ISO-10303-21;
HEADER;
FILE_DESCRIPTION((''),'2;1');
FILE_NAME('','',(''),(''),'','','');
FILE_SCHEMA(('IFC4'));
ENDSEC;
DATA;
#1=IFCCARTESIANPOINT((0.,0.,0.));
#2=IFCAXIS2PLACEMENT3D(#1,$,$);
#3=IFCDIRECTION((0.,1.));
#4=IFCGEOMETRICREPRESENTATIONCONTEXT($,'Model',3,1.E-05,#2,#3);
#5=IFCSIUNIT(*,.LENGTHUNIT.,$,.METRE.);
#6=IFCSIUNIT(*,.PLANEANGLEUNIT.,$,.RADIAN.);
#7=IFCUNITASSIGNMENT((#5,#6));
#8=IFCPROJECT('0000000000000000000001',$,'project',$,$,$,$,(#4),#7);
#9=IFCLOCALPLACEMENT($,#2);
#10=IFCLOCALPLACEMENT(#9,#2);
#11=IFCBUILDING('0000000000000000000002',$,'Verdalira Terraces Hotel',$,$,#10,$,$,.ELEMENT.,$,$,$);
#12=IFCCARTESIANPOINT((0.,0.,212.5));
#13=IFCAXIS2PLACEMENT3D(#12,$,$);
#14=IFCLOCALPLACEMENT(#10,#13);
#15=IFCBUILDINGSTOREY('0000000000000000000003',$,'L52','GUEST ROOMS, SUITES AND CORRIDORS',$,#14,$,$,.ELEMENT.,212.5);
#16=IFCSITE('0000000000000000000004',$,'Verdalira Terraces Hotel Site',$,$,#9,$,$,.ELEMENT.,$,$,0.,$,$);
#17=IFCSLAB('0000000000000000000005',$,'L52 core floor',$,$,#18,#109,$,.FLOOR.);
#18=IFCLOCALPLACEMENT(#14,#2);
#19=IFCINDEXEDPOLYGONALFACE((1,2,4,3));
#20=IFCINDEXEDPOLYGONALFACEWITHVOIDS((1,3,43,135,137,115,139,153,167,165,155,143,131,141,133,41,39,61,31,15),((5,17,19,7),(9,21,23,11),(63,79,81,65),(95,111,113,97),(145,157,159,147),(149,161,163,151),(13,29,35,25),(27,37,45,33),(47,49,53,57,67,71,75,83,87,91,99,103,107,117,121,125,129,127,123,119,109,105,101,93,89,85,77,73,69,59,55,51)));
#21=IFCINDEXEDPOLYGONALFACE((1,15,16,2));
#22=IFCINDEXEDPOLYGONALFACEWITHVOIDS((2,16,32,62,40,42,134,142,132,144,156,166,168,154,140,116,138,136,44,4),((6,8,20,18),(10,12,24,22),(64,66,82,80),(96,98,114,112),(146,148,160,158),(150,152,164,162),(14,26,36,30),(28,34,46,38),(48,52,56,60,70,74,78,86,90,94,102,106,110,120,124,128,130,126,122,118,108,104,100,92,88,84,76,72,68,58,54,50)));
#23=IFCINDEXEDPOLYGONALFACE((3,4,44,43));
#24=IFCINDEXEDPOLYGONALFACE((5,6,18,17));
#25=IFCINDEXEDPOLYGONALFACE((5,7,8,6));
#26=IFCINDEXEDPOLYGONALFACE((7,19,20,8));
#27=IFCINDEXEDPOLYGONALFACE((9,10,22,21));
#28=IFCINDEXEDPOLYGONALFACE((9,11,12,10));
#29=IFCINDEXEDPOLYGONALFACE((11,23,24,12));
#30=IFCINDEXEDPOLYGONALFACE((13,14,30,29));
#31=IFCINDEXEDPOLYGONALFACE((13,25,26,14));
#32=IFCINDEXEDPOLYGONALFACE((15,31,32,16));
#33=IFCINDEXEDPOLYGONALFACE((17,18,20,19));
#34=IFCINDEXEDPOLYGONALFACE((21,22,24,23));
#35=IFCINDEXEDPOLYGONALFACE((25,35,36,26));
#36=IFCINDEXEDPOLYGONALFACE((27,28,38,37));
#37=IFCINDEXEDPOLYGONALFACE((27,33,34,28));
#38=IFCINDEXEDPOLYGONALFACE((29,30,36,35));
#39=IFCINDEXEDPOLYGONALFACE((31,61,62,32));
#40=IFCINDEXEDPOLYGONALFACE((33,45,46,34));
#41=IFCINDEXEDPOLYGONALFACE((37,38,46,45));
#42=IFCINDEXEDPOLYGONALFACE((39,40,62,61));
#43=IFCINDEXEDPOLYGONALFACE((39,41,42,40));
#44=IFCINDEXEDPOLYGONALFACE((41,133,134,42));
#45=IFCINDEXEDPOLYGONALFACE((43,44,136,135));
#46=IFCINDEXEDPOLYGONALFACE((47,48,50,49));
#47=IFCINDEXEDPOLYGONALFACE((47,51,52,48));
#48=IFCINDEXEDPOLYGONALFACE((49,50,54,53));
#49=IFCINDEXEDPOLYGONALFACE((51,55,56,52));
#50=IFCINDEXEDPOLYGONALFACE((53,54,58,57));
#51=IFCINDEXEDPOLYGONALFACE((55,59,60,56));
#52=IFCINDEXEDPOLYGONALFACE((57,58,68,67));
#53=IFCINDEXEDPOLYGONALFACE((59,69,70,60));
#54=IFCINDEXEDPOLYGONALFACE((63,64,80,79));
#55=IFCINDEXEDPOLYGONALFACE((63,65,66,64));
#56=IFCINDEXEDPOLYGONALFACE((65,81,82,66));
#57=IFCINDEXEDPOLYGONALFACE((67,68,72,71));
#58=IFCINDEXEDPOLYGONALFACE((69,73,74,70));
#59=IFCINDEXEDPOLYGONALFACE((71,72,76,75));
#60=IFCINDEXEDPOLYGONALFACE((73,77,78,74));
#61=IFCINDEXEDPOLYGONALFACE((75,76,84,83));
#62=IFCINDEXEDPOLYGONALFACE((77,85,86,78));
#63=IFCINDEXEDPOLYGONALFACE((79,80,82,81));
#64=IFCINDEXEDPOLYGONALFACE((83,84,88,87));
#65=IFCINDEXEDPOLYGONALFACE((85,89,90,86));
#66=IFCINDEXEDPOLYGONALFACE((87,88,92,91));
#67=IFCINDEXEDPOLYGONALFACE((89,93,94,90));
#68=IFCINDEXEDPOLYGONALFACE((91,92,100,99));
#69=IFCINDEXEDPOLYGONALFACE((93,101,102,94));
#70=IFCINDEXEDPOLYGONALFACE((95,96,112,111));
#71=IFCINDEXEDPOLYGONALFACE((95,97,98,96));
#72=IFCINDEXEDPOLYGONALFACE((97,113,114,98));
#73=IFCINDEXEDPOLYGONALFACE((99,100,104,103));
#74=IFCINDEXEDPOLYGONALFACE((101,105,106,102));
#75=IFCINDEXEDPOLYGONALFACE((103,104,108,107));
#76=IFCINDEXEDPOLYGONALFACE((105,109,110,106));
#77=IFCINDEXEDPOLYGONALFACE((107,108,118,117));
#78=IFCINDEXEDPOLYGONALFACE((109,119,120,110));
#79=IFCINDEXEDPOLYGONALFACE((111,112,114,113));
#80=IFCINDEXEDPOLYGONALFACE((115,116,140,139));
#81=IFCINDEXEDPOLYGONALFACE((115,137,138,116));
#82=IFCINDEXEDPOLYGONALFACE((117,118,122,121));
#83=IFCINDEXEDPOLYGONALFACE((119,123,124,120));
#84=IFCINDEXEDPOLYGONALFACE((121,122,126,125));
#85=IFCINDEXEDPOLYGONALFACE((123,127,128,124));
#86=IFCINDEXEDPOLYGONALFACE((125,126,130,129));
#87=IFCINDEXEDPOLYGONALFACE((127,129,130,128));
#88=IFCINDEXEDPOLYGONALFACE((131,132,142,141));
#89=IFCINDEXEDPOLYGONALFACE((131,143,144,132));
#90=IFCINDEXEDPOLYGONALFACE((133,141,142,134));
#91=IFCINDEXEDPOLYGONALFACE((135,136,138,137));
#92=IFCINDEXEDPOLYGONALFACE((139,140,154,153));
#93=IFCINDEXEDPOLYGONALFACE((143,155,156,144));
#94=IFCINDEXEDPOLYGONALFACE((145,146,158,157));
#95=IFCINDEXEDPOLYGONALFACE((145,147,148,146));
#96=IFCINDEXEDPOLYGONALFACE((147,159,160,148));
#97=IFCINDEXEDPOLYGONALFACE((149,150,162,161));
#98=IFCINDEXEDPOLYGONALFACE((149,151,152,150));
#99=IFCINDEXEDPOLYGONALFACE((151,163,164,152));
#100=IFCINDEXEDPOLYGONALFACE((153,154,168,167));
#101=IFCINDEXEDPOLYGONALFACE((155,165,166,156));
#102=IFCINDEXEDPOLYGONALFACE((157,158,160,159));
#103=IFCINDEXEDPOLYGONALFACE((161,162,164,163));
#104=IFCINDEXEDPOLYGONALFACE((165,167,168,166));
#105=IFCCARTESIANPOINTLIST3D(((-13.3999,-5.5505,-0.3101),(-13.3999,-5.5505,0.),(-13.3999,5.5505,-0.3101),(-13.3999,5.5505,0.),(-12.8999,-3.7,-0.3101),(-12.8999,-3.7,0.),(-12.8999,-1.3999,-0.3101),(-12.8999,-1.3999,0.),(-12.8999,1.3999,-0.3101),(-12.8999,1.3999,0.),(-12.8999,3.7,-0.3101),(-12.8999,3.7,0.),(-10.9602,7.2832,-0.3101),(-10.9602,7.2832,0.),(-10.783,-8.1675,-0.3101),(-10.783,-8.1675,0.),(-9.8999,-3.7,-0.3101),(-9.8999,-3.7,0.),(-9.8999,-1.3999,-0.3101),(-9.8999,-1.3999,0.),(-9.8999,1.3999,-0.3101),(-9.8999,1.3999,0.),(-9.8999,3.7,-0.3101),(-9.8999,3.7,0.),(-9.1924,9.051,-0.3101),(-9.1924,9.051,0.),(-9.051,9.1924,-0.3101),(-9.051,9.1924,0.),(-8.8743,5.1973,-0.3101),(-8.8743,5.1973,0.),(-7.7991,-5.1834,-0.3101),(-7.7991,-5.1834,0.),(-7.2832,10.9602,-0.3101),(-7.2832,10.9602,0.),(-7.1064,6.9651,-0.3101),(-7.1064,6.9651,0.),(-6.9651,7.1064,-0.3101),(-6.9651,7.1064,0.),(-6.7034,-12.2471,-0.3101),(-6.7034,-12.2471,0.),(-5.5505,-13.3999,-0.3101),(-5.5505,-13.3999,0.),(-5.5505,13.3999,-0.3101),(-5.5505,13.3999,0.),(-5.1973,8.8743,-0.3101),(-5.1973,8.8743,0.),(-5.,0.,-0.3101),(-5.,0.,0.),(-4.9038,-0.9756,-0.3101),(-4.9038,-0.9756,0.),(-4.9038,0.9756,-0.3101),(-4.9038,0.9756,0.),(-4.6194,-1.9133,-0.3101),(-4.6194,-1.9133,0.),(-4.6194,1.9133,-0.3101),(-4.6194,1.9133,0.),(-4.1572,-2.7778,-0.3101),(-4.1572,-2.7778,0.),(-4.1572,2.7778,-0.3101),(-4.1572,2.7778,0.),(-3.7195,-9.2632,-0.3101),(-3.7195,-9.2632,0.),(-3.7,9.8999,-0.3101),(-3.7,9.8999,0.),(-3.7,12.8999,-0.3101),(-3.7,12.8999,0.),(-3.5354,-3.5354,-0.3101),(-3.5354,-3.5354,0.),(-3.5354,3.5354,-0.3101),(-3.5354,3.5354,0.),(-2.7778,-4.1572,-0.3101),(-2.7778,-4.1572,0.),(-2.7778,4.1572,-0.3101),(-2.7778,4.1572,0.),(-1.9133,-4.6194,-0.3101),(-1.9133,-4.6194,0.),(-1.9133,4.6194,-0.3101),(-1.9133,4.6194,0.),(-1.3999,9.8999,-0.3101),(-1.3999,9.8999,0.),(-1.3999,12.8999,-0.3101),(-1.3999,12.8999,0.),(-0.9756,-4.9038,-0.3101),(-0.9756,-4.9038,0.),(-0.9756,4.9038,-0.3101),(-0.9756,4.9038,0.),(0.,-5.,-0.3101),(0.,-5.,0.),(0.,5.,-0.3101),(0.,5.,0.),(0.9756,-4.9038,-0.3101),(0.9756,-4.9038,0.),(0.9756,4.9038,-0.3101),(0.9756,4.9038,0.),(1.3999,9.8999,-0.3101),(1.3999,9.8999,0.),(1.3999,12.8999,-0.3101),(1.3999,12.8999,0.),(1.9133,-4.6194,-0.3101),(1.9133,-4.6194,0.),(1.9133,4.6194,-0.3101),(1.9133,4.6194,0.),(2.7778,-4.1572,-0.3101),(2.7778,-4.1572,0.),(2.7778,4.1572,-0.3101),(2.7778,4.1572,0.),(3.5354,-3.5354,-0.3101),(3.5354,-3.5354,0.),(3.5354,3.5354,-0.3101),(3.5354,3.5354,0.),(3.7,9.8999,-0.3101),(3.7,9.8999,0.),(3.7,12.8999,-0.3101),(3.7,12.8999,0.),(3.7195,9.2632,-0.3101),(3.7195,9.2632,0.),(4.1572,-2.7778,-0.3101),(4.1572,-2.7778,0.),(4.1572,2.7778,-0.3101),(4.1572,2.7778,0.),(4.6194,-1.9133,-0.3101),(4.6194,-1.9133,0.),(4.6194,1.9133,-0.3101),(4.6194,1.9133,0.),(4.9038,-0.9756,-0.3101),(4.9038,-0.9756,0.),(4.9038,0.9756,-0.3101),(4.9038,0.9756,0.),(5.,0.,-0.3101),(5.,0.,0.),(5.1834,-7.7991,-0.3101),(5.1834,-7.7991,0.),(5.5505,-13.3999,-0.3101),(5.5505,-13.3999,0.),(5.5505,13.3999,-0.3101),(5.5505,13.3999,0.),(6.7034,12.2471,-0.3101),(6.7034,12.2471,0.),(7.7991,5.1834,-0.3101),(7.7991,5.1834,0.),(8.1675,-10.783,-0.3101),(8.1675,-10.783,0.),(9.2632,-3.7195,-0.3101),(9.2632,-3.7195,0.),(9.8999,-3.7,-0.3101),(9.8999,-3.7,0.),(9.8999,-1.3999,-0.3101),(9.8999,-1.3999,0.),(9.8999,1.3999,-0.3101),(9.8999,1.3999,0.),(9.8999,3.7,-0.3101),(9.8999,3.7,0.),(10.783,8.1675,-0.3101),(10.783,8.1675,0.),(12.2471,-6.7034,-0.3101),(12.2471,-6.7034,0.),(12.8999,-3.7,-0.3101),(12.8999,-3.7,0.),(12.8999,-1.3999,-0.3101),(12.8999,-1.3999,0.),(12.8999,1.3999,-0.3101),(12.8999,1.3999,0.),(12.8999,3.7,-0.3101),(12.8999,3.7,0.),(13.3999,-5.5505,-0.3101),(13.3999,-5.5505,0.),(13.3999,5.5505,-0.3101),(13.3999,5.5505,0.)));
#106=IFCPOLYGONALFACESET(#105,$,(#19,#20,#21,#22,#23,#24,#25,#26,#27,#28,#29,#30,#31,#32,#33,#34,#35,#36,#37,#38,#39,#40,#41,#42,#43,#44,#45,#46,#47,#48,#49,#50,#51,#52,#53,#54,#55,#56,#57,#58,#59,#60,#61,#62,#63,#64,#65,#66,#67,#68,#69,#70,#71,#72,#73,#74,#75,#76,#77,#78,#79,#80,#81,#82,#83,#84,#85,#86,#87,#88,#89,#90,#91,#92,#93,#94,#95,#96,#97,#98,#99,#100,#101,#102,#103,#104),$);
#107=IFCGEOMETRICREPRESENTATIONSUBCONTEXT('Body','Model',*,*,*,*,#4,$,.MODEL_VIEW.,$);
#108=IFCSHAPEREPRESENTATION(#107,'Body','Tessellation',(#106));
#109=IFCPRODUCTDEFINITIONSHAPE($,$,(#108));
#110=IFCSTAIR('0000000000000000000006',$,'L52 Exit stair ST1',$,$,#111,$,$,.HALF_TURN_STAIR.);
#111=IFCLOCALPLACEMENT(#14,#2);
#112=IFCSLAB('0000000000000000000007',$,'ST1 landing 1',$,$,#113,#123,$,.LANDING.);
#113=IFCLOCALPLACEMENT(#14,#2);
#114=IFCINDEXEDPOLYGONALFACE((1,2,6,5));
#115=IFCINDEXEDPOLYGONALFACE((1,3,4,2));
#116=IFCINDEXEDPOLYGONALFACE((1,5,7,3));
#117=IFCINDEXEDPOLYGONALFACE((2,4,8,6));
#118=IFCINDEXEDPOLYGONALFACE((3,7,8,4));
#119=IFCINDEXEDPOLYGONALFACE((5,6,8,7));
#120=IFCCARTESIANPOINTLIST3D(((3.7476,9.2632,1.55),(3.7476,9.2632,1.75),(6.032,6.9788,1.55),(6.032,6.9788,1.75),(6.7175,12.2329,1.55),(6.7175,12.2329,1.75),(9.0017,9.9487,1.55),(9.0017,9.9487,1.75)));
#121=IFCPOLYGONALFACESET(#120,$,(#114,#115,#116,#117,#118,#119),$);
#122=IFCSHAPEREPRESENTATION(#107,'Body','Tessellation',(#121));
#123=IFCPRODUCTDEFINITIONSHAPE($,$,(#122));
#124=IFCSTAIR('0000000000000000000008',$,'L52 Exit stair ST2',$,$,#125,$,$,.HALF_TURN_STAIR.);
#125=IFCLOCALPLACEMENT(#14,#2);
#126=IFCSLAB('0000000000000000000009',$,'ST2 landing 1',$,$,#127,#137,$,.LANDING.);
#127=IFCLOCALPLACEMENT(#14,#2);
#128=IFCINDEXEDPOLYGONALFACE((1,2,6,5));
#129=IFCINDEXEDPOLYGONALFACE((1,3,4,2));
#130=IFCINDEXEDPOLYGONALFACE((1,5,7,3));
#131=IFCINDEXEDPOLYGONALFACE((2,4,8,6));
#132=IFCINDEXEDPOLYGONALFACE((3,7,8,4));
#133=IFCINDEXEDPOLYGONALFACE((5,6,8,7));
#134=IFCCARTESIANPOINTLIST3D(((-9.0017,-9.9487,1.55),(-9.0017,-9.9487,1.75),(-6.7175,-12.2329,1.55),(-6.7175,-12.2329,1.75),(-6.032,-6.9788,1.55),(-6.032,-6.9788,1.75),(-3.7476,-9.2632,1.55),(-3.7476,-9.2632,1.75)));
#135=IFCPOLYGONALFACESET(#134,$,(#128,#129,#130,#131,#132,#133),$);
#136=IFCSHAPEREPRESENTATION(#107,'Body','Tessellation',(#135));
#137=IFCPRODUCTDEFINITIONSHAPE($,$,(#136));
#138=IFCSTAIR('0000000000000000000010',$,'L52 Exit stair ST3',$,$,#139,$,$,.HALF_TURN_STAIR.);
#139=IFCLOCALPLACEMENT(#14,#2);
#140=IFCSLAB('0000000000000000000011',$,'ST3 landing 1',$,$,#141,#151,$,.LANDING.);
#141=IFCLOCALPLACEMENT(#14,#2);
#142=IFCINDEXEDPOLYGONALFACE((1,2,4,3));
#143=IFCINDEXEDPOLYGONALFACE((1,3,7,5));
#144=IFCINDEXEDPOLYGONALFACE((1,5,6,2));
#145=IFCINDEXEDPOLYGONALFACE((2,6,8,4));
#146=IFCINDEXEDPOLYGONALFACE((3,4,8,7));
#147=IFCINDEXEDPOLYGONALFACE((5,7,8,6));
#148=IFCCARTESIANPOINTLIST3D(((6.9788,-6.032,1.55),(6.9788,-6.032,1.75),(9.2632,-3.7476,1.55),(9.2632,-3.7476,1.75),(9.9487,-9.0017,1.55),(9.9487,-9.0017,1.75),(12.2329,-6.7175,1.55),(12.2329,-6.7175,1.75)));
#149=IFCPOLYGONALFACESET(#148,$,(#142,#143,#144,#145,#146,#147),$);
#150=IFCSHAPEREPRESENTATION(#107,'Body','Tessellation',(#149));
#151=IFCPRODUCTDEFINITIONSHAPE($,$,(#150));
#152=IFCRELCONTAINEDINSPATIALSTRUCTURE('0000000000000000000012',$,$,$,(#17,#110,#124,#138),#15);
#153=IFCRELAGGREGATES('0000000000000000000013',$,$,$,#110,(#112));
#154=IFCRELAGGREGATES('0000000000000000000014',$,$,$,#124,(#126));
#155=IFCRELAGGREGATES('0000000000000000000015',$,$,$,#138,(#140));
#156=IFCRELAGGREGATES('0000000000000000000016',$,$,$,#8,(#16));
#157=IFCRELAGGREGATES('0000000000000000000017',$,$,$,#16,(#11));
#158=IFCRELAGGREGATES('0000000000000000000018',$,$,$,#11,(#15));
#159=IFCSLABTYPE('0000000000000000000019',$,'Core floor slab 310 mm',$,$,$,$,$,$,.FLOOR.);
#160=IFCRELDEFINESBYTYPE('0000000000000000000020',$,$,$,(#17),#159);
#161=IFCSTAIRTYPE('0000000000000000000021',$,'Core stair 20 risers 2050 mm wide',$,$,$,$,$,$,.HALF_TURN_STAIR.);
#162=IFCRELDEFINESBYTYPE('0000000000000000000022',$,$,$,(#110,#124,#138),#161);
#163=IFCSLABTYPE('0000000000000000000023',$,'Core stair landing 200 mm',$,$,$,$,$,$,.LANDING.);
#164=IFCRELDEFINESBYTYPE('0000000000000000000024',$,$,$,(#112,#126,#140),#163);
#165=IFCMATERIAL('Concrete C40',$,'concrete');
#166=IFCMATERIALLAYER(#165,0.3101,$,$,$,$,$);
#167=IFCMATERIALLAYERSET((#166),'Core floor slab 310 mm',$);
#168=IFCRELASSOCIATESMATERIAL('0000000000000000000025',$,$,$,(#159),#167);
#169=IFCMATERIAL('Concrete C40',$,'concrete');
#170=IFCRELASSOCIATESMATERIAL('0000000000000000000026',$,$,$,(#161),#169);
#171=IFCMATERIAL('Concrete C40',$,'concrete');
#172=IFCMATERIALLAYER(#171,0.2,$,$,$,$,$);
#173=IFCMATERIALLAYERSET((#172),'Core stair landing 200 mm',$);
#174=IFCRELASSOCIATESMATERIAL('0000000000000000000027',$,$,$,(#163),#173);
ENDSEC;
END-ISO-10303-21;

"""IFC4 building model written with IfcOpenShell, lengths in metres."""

from ifc_helpers import new_model, si_unit, direction, frame, origin, place, context, subcontext, project, spatial, polyline, outline, extrude, material, layer, layer_set, type_object, element, aggregate, save


model = new_model("IFC4")

# Units and contexts
model_context = context("Model", 3, precision=1e-05, world=origin(), true_north=direction((0.0, 1.0)))
body_context = subcontext(model_context, "Body", "Model", "MODEL_VIEW")
ifc_project = project(units=[si_unit("LENGTHUNIT", "METRE"), si_unit("PLANEANGLEUNIT", "RADIAN")], contexts=[model_context])

# Site, building, storey
site_placement = place(None, origin())
site = spatial("IfcSite", under=ifc_project, at=site_placement, Name="Verdalira Terraces Hotel Site", CompositionType="ELEMENT", RefElevation=0.0)
building_placement = place(site_placement, origin())
building = spatial("IfcBuilding", under=site, at=building_placement, Name="Verdalira Terraces Hotel", CompositionType="ELEMENT")
storey_placement = place(building_placement, frame((0.0, 0.0, 212.5)))
storey = spatial("IfcBuildingStorey", under=building, at=storey_placement, Name="L52", Description="GUEST ROOMS, SUITES AND CORRIDORS", CompositionType="ELEMENT", Elevation=212.5)

# Slab
ifc_material_1 = material(Name="Concrete C40", Category="concrete")
ifc_layer_1 = layer(ifc_material_1, 0.3101)
ifc_layer_set_1 = layer_set([ifc_layer_1], Name="Core floor slab 310 mm")
slab_type_1 = type_object("IfcSlabType", Name="Core floor slab 310 mm", PredefinedType="FLOOR", material=ifc_layer_set_1)
slab_1_placement = place(storey_placement, frame((0.0, 0.0, -0.3101)))
element("IfcSlab", 1, at=slab_1_placement, inside=storey, type_object=slab_type_1, Name="L52 core floor", PredefinedType="FLOOR", context=body_context, shape_type="SweptSolid", body=[
    extrude(outline(polyline([(-6.7034, -12.2471), (-3.7195, -9.2632), (-7.7991, -5.1833), (-10.783, -8.1675), (-13.3999, -5.5505), (-13.3999, 5.5505), (-5.5505, 13.3999), (5.5505, 13.3999), (6.7034, 12.2471), (3.7195, 9.2632), (7.7991, 5.1833), (10.783, 8.1675), (13.3999, 5.5505), (13.3999, -5.5505), (12.2471, -6.7034), (9.2632, -3.7195), (5.1833, -7.7991), (8.1675, -10.783), (5.5505, -13.3999), (-5.5505, -13.3999), (-6.7034, -12.2471)]), holes=[polyline([(9.8999, -1.3999), (9.8999, -3.7), (12.8999, -3.7), (12.8999, -1.3999), (9.8999, -1.3999)]), polyline([(9.8999, 3.7), (9.8999, 1.3999), (12.8999, 1.3999), (12.8999, 3.7), (9.8999, 3.7)]), polyline([(3.7, 12.8999), (1.3999, 12.8999), (1.3999, 9.8999), (3.7, 9.8999), (3.7, 12.8999)]), polyline([(-1.3999, 12.8999), (-3.7, 12.8999), (-3.7, 9.8999), (-1.3999, 9.8999), (-1.3999, 12.8999)]), polyline([(-9.8999, 1.3999), (-9.8999, 3.7), (-12.8999, 3.7), (-12.8999, 1.3999), (-9.8999, 1.3999)]), polyline([(-9.8999, -3.7), (-9.8999, -1.3999), (-12.8999, -1.3999), (-12.8999, -3.7), (-9.8999, -3.7)]), polyline([(-9.051, 9.1924), (-6.9651, 7.1064), (-5.1973, 8.8743), (-7.2832, 10.9602), (-9.051, 9.1924)]), polyline([(-9.1924, 9.051), (-10.9602, 7.2832), (-8.8743, 5.1973), (-7.1064, 6.9651), (-9.1924, 9.051)]), polyline([(3.5354, 3.5354), (2.7778, 4.1572), (1.9133, 4.6194), (0.9756, 4.9038), (0.0, 5.0), (-0.9756, 4.9038), (-1.9133, 4.6194), (-2.7778, 4.1572), (-3.5354, 3.5354), (-4.1572, 2.7778), (-4.6194, 1.9133), (-4.9038, 0.9756), (-5.0, 0.0), (-4.9038, -0.9756), (-4.6194, -1.9133), (-4.1572, -2.7778), (-3.5354, -3.5354), (-2.7778, -4.1572), (-1.9133, -4.6194), (-0.9756, -4.9038), (0.0, -5.0), (0.9756, -4.9038), (1.9133, -4.6194), (2.7778, -4.1572), (3.5354, -3.5354), (4.1572, -2.7778), (4.6194, -1.9133), (4.9038, -0.9756), (5.0, 0.0), (4.9038, 0.9756), (4.6194, 1.9133), (4.1572, 2.7778), (3.5354, 3.5354)])]), origin(), (0.0, 0.0, 1.0), 0.3101),
])

# Stairs, slabs
ifc_material_2 = material(Name="Concrete C40", Category="concrete")
stair_type = type_object("IfcStairType", Name="Core stair 20 risers 2050 mm wide", PredefinedType="HALF_TURN_STAIR", material=ifc_material_2)
stair_1_placement = place(storey_placement, origin())
stair_1 = element("IfcStair", 2, at=stair_1_placement, inside=storey, type_object=stair_type, Name="L52 Exit stair ST1", PredefinedType="HALF_TURN_STAIR")
ifc_material_3 = material(Name="Concrete C40", Category="concrete")
ifc_layer_2 = layer(ifc_material_3, 0.2)
ifc_layer_set_2 = layer_set([ifc_layer_2], Name="Core stair landing 200 mm")
slab_type_2 = type_object("IfcSlabType", Name="Core stair landing 200 mm", PredefinedType="LANDING", material=ifc_layer_set_2)
slab_2_placement = place(storey_placement, frame((0.0, 0.0, 1.55)))
slab_2 = element("IfcSlab", 3, at=slab_2_placement, type_object=slab_type_2, Name="ST1 landing 1", PredefinedType="LANDING", context=body_context, shape_type="SweptSolid", body=[
    extrude(outline(polyline([(9.0017, 9.9487), (6.7175, 12.2329), (3.7476, 9.2632), (6.032, 6.9788), (9.0017, 9.9487)])), origin(), (0.0, 0.0, 1.0), 0.2),
])
aggregate(stair_1, [slab_2])
stair_2_placement = place(storey_placement, origin())
stair_2 = element("IfcStair", 4, at=stair_2_placement, inside=storey, type_object=stair_type, Name="L52 Exit stair ST2", PredefinedType="HALF_TURN_STAIR")
slab_3_placement = place(storey_placement, frame((0.0, 0.0, 1.55)))
slab_3 = element("IfcSlab", 5, at=slab_3_placement, type_object=slab_type_2, Name="ST2 landing 1", PredefinedType="LANDING", context=body_context, shape_type="SweptSolid", body=[
    extrude(outline(polyline([(-9.0017, -9.9487), (-6.7175, -12.2329), (-3.7476, -9.2632), (-6.032, -6.9788), (-9.0017, -9.9487)])), origin(), (0.0, 0.0, 1.0), 0.2),
])
aggregate(stair_2, [slab_3])
stair_3_placement = place(storey_placement, origin())
stair_3 = element("IfcStair", 6, at=stair_3_placement, inside=storey, type_object=stair_type, Name="L52 Exit stair ST3", PredefinedType="HALF_TURN_STAIR")
slab_4_placement = place(storey_placement, frame((0.0, 0.0, 1.55)))
slab_4 = element("IfcSlab", 7, at=slab_4_placement, type_object=slab_type_2, Name="ST3 landing 1", PredefinedType="LANDING", context=body_context, shape_type="SweptSolid", body=[
    extrude(outline(polyline([(9.9487, -9.0017), (12.2329, -6.7175), (9.2632, -3.7476), (6.9788, -6.032), (9.9487, -9.0017)])), origin(), (0.0, 0.0, 1.0), 0.2),
])
aggregate(stair_3, [slab_4])

save(model, "model.ifc")
